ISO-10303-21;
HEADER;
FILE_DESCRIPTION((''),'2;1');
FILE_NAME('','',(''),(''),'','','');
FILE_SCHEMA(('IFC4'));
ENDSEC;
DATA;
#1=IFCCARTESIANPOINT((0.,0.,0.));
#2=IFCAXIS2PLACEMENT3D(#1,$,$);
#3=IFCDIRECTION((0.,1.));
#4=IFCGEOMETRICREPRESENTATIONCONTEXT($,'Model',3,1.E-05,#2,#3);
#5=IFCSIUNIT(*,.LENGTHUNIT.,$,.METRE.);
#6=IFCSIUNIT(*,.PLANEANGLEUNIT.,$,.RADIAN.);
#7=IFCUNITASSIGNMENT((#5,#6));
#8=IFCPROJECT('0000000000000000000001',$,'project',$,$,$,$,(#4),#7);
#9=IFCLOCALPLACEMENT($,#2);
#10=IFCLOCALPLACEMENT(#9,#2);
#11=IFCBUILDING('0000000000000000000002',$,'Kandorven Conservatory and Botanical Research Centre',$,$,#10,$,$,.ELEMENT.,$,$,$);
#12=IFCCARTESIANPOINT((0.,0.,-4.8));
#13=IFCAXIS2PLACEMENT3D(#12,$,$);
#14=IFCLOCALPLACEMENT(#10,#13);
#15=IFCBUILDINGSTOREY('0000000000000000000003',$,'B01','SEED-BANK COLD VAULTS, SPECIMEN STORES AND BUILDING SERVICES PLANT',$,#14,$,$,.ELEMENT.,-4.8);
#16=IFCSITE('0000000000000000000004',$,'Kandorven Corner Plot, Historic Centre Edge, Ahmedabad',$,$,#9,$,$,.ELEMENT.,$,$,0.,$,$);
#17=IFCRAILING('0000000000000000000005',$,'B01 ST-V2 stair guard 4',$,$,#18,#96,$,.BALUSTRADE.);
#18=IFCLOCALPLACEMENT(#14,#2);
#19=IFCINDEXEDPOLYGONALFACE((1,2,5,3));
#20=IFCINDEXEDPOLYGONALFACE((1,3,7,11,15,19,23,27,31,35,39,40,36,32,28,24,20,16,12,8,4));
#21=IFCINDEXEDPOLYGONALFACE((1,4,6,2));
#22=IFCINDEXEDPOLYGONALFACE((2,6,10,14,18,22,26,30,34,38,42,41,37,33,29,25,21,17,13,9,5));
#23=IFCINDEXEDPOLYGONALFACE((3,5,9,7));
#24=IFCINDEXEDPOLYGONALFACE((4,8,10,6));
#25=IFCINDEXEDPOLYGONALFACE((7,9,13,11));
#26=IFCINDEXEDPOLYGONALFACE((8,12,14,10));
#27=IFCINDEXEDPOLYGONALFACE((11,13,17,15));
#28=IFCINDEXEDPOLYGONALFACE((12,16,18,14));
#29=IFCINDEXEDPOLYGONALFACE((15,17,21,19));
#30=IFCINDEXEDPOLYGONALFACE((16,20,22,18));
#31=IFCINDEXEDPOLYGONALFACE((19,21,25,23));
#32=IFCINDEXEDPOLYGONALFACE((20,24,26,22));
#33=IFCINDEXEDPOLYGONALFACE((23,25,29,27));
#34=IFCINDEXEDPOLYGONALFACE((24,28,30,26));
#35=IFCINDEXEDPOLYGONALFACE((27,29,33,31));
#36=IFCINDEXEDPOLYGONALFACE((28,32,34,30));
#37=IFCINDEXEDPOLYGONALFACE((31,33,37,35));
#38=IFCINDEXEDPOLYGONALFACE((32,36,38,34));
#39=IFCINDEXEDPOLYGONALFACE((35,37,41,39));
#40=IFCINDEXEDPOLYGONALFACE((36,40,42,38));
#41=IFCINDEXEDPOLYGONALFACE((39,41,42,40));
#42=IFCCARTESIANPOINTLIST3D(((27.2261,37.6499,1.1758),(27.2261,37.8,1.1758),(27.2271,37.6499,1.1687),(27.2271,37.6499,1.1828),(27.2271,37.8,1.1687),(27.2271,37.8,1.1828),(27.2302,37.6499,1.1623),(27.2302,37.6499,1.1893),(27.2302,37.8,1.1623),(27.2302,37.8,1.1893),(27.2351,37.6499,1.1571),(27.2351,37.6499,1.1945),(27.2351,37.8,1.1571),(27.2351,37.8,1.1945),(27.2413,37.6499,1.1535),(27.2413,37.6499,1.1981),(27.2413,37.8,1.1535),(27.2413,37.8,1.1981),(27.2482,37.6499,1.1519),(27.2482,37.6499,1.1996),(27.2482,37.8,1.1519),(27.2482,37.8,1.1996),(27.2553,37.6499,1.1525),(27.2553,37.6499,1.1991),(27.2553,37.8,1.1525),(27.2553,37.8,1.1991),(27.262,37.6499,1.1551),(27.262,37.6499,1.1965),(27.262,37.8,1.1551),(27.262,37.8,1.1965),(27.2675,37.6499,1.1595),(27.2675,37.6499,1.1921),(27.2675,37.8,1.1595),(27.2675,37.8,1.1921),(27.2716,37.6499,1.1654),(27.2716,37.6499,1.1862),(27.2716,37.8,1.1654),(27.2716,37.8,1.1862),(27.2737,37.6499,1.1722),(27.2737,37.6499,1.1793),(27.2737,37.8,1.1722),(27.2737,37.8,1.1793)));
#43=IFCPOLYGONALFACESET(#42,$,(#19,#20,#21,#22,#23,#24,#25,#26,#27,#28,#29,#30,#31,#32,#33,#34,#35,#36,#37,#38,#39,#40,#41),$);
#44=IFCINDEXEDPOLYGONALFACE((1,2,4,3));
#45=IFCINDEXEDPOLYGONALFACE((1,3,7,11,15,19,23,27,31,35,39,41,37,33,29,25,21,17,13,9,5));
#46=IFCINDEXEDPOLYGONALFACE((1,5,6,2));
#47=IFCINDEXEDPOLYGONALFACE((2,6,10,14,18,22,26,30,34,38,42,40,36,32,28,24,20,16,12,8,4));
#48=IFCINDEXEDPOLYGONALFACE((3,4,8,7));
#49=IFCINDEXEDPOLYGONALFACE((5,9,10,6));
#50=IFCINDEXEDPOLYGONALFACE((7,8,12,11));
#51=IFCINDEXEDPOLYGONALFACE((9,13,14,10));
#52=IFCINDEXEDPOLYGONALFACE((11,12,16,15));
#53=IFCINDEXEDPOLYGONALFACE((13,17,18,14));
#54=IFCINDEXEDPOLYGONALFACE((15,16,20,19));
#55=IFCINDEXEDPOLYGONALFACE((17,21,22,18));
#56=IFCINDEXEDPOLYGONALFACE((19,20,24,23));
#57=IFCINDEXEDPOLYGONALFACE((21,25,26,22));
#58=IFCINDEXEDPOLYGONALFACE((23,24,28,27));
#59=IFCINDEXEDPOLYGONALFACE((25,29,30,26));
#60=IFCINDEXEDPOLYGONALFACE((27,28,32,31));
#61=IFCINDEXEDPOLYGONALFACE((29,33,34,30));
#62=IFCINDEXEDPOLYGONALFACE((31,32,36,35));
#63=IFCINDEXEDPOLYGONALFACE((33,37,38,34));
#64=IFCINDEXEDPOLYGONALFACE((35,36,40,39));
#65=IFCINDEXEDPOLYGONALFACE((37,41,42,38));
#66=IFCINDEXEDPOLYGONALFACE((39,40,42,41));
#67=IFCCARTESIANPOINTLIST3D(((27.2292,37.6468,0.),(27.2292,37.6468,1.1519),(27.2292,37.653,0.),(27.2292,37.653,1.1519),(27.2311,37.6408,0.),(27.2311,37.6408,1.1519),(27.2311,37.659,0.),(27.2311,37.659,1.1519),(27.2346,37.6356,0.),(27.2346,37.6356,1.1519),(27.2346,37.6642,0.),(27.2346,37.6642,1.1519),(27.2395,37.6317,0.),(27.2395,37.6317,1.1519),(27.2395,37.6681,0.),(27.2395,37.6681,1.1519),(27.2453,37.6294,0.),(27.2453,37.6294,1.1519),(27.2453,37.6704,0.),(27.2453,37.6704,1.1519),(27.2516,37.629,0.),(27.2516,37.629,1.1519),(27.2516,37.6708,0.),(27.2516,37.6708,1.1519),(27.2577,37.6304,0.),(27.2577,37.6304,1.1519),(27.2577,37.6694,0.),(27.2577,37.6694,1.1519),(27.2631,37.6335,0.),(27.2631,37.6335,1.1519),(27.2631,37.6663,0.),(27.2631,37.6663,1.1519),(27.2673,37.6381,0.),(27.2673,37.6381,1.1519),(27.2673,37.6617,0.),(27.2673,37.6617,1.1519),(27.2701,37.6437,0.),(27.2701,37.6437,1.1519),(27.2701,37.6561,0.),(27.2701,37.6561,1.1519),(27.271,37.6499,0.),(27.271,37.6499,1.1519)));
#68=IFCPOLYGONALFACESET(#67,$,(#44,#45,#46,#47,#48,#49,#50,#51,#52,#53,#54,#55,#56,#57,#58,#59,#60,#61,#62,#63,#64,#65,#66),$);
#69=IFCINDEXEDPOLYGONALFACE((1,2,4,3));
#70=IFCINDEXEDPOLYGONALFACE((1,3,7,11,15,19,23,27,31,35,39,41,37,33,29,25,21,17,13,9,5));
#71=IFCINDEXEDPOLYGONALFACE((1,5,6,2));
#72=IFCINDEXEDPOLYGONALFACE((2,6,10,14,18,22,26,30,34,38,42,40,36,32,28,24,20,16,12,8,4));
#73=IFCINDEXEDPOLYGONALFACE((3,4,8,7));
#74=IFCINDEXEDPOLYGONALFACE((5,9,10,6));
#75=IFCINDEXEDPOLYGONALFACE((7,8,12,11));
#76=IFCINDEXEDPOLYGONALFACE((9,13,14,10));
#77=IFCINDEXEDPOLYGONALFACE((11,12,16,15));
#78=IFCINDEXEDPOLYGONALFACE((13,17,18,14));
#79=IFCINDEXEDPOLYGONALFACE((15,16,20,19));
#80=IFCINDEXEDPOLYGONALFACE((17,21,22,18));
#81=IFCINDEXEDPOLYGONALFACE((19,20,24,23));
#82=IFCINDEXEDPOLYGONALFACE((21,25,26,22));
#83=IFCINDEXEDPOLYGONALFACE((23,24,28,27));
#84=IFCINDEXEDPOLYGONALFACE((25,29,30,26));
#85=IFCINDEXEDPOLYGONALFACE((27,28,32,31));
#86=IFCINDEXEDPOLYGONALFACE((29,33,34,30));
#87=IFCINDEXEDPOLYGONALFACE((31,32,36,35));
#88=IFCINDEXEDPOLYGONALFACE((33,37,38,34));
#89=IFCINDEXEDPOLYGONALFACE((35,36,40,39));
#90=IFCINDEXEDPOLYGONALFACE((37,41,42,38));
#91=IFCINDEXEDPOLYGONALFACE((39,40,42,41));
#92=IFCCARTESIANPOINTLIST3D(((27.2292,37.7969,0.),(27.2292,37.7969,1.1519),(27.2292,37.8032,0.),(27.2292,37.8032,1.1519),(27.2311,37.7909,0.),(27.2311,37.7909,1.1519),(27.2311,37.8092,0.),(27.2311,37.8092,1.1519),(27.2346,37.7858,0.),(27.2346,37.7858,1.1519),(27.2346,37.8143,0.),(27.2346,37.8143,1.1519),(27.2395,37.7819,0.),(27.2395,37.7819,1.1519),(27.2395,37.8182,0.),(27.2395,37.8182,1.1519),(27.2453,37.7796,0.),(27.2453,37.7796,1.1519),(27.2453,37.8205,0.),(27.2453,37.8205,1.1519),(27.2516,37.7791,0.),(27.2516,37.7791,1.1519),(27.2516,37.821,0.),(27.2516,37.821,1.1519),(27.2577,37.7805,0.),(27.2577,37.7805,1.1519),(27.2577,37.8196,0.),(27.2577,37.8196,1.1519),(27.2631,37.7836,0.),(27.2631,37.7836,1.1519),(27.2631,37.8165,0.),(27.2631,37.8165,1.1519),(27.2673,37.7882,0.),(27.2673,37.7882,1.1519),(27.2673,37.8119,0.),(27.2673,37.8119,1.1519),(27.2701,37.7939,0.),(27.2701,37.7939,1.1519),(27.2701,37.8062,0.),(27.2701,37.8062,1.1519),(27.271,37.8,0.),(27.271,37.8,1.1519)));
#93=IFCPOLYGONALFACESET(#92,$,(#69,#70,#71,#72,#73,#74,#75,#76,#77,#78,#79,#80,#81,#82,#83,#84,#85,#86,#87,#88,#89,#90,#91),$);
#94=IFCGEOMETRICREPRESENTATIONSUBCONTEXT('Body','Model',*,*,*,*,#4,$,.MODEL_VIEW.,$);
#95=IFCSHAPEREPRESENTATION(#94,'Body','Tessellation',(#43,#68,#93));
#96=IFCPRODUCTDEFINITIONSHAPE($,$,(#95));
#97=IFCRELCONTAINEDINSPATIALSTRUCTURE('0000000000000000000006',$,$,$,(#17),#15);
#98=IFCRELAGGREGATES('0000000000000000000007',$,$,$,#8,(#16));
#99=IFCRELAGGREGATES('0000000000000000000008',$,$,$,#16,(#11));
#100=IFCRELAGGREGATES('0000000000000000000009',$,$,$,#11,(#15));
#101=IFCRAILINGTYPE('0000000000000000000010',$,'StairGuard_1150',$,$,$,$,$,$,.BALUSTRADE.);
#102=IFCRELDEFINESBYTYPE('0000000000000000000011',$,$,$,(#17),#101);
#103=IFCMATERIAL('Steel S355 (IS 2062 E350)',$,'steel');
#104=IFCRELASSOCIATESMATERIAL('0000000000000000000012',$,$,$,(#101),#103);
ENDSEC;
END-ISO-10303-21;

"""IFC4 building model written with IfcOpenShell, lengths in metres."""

from ifc_helpers import new_model, si_unit, direction, frame, origin, origin_2d, place, context, subcontext, project, spatial, circle, extrude, material, type_object, element, save


model = new_model("IFC4")

# Units and contexts
model_context = context("Model", 3, precision=1e-05, world=origin(), true_north=direction((0.0, 1.0)))
body_context = subcontext(model_context, "Body", "Model", "MODEL_VIEW")
ifc_project = project(units=[si_unit("LENGTHUNIT", "METRE"), si_unit("PLANEANGLEUNIT", "RADIAN")], contexts=[model_context])

# Site, building, storey
site_placement = place(None, origin())
site = spatial("IfcSite", under=ifc_project, at=site_placement, Name="Kandorven Corner Plot, Historic Centre Edge, Ahmedabad", CompositionType="ELEMENT", RefElevation=0.0)
building_placement = place(site_placement, origin())
building = spatial("IfcBuilding", under=site, at=building_placement, Name="Kandorven Conservatory and Botanical Research Centre", CompositionType="ELEMENT")
storey_placement = place(building_placement, frame((0.0, 0.0, -4.8)))
storey = spatial("IfcBuildingStorey", under=building, at=storey_placement, Name="B01", Description="SEED-BANK COLD VAULTS, SPECIMEN STORES AND BUILDING SERVICES PLANT", CompositionType="ELEMENT", Elevation=-4.8)

# Railing
ifc_material_1 = material(Name="Steel S355 (IS 2062 E350)", Category="steel")
railing_type_1 = type_object("IfcRailingType", Name="StairGuard_1150", PredefinedType="BALUSTRADE", material=ifc_material_1)
railing_1_placement = place(storey_placement, frame((27.25, 37.6499, 0.0)))
element("IfcRailing", 1, at=railing_1_placement, inside=storey, type_object=railing_type_1, Name="B01 ST-V2 stair guard 4", PredefinedType="BALUSTRADE", context=body_context, shape_type="SweptSolid", body=[
    extrude(circle(Radius=0.0239, at=origin_2d()), frame((0.0, 0.0, 1.1758), z_axis=(0.0, 1.0, 0.0), x_axis=(-1.0, 0.0, 0.0)), (0.0, 0.0, 1.0), 0.1501),
    extrude(circle(Radius=0.021, at=origin_2d()), origin(), (0.0, 0.0, 1.0), 1.1519),
    extrude(circle(Radius=0.021, at=origin_2d()), frame((0.0, 0.1501, 0.0)), (0.0, 0.0, 1.0), 1.1519),
])

save(model, "model.ifc")
